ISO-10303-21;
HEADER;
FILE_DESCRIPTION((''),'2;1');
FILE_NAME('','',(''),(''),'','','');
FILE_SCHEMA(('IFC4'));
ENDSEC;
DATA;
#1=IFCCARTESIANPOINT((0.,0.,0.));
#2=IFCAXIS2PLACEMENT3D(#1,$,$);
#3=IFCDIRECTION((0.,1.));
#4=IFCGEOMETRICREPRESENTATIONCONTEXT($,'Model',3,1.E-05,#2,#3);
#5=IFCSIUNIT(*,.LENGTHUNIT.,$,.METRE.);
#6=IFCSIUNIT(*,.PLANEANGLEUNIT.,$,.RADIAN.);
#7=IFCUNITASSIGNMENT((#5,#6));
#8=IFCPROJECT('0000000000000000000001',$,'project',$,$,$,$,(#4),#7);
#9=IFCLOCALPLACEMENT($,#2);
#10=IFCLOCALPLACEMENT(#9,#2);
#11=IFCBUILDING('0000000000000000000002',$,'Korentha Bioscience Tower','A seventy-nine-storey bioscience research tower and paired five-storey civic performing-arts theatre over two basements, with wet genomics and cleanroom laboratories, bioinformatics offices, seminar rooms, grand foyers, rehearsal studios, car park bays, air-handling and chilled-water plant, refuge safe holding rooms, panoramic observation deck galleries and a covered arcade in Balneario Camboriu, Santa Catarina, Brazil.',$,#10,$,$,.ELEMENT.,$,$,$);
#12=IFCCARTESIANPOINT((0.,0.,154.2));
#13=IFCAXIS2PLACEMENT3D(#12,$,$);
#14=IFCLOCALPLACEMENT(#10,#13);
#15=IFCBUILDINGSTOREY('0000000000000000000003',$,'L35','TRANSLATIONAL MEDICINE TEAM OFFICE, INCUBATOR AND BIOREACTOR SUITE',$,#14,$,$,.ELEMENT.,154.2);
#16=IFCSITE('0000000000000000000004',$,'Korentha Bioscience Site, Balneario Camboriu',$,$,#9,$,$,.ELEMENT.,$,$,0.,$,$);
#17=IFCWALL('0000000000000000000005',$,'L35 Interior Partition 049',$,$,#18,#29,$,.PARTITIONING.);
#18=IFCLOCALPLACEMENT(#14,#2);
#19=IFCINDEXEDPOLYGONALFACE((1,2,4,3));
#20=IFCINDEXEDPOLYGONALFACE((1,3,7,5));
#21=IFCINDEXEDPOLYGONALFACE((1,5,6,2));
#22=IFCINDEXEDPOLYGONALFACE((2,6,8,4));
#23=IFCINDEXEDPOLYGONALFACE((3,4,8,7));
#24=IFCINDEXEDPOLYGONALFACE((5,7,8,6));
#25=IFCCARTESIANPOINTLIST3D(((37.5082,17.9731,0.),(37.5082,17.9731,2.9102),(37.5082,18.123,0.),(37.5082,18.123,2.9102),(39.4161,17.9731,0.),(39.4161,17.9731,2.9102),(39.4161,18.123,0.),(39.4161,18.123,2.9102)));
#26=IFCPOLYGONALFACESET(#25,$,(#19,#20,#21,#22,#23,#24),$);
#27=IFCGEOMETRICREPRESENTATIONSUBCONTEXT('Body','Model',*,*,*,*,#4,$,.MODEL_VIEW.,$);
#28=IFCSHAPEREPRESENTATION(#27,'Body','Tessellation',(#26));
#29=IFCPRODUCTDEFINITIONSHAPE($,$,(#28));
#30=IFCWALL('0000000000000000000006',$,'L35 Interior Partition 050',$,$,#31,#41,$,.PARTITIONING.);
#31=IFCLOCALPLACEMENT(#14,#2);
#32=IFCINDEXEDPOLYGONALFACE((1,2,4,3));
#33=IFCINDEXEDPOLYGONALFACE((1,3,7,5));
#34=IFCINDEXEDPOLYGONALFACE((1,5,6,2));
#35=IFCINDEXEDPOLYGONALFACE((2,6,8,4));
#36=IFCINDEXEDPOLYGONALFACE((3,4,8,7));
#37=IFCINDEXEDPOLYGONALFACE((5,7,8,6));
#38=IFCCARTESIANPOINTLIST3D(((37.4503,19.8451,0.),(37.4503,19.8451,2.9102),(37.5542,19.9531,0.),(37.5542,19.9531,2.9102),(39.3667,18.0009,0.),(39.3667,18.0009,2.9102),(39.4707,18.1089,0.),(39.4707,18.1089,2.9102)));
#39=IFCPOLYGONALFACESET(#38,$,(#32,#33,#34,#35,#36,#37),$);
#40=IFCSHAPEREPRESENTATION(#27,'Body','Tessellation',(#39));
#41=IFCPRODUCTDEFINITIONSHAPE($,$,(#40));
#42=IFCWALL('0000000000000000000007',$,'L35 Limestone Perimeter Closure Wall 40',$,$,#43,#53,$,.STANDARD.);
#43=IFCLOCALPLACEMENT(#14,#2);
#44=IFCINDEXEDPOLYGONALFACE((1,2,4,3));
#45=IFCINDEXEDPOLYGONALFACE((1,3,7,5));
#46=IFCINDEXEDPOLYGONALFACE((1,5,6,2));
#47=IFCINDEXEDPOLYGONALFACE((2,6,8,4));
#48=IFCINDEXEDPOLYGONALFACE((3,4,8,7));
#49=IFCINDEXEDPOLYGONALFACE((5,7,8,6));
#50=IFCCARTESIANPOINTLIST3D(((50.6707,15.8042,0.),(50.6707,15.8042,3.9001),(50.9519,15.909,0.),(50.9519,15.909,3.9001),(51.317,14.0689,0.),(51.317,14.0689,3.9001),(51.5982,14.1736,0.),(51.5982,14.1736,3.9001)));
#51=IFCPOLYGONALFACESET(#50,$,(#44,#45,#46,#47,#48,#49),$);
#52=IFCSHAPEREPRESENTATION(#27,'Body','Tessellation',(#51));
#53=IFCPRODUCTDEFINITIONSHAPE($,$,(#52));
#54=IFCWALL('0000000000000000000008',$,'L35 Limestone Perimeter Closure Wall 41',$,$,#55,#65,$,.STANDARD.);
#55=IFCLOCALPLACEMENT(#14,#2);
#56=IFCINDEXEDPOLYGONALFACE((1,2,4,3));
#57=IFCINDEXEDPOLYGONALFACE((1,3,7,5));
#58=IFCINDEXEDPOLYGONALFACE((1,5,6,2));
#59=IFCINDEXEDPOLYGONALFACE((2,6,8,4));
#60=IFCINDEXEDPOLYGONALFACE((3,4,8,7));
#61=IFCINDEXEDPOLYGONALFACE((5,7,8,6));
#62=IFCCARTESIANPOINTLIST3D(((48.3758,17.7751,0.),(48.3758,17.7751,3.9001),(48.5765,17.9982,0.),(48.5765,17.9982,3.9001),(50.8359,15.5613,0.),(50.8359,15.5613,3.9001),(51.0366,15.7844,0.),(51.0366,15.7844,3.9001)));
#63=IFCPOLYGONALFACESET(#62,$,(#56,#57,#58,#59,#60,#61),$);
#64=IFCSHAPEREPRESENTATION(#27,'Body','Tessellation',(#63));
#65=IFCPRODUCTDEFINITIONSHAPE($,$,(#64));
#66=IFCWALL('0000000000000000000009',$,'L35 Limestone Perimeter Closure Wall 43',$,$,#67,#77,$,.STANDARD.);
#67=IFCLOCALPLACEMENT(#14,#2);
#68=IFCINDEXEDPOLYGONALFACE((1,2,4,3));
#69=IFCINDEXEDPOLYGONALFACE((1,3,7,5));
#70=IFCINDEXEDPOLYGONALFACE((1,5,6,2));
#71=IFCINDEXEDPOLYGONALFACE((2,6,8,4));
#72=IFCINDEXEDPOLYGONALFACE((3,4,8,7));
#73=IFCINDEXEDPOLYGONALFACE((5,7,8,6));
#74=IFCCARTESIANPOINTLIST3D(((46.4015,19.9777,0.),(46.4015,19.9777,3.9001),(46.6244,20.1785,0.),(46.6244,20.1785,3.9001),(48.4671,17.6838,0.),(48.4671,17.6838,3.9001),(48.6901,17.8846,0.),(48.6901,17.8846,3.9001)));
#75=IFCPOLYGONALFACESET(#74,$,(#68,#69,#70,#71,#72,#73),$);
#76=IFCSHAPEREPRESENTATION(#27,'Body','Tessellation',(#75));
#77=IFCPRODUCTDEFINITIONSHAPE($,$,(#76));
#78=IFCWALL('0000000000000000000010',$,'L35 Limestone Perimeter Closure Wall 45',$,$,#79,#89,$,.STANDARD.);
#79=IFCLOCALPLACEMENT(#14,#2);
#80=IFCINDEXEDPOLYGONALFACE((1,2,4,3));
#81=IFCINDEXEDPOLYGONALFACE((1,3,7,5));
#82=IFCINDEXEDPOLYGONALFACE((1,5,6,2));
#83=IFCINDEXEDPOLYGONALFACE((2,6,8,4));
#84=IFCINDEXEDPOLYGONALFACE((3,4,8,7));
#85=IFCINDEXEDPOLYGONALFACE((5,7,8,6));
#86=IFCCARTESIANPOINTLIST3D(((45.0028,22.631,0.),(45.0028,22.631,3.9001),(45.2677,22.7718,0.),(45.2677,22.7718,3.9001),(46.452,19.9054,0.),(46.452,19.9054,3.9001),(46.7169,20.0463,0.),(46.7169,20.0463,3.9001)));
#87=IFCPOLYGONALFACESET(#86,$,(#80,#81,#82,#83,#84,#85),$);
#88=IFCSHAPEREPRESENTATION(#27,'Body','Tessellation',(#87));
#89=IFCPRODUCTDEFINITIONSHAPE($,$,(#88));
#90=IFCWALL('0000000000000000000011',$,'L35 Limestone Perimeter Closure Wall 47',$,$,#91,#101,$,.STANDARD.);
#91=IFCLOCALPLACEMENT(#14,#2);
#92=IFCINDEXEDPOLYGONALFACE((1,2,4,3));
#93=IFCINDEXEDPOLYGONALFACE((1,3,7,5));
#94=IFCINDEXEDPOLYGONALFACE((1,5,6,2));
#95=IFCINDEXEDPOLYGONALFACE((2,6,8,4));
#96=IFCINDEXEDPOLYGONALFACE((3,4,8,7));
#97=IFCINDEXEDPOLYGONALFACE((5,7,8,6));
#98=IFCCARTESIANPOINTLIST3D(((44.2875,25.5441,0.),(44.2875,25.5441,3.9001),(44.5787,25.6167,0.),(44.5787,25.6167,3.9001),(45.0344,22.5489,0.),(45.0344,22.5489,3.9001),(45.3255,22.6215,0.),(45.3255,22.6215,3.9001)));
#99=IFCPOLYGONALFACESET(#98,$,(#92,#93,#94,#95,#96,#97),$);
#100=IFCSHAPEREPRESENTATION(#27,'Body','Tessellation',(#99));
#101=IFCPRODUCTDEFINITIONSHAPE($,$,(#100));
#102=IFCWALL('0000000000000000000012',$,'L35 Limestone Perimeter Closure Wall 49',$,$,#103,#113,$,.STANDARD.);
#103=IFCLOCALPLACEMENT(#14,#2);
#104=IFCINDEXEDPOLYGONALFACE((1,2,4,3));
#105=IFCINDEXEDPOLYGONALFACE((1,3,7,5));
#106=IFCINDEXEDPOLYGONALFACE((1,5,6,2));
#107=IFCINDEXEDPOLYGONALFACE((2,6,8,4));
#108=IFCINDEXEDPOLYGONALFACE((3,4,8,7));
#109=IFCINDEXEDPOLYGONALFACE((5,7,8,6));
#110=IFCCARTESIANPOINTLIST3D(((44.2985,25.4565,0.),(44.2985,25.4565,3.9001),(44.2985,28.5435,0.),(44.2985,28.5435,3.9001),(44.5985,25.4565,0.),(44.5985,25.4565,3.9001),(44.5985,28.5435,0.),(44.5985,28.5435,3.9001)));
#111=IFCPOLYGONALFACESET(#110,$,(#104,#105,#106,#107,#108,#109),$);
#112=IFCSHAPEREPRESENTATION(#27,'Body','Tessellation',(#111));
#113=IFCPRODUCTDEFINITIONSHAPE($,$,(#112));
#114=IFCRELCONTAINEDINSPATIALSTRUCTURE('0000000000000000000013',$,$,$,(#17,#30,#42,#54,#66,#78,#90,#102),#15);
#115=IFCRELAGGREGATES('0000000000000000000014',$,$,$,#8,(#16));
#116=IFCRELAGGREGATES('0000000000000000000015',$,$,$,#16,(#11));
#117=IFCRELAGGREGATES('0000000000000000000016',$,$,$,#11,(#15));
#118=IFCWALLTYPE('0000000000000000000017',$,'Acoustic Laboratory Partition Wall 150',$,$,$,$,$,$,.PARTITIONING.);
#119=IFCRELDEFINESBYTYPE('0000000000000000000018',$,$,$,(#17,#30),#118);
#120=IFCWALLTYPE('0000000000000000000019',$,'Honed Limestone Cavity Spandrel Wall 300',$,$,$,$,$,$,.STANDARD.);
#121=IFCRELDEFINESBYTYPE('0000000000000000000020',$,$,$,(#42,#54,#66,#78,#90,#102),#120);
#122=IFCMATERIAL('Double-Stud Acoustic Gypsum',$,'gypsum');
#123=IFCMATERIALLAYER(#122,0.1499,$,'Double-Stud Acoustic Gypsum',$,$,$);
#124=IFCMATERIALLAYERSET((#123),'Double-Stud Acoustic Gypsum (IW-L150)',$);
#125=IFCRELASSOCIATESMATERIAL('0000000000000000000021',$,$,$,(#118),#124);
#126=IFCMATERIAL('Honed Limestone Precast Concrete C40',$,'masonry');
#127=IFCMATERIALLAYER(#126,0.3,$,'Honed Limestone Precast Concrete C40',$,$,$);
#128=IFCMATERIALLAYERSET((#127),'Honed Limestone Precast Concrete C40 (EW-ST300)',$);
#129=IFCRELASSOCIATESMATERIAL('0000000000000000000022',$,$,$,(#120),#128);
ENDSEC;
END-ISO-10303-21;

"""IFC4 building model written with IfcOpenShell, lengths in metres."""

from ifc_helpers import new_model, si_unit, direction, frame, frame_2d, origin, place, context, subcontext, project, spatial, rectangle, extrude, material, layer, layer_set, type_object, element, save


model = new_model("IFC4")

# Units and contexts
model_context = context("Model", 3, precision=1e-05, world=origin(), true_north=direction((0.0, 1.0)))
body_context = subcontext(model_context, "Body", "Model", "MODEL_VIEW")
ifc_project = project(units=[si_unit("LENGTHUNIT", "METRE"), si_unit("PLANEANGLEUNIT", "RADIAN")], contexts=[model_context])

# Site, building, storey
site_placement = place(None, origin())
site = spatial("IfcSite", under=ifc_project, at=site_placement, Name="Korentha Bioscience Site, Balneario Camboriu", CompositionType="ELEMENT", RefElevation=0.0)
building_placement = place(site_placement, origin())
building = spatial("IfcBuilding", under=site, at=building_placement, Name="Korentha Bioscience Tower", Description="A seventy-nine-storey bioscience research tower and paired five-storey civic performing-arts theatre over two basements, with wet genomics and cleanroom laboratories, bioinformatics offices, seminar rooms, grand foyers, rehearsal studios, car park bays, air-handling and chilled-water plant, refuge safe holding rooms, panoramic observation deck galleries and a covered arcade in Balneario Camboriu, Santa Catarina, Brazil.", CompositionType="ELEMENT")
storey_placement = place(building_placement, frame((0.0, 0.0, 154.2)))
storey = spatial("IfcBuildingStorey", under=building, at=storey_placement, Name="L35", Description="TRANSLATIONAL MEDICINE TEAM OFFICE, INCUBATOR AND BIOREACTOR SUITE", CompositionType="ELEMENT", Elevation=154.2)

# Shared definitions
ifc_material_1 = material(Name="Double-Stud Acoustic Gypsum", Category="gypsum")
ifc_layer_1 = layer(ifc_material_1, 0.1499, Name="Double-Stud Acoustic Gypsum")
ifc_layer_set_1 = layer_set([ifc_layer_1], Name="Double-Stud Acoustic Gypsum (IW-L150)")
wall_type_1 = type_object("IfcWallType", Name="Acoustic Laboratory Partition Wall 150", PredefinedType="PARTITIONING", material=ifc_layer_set_1)

# Walls
wall_1_placement = place(storey_placement, frame((37.5081, 18.0481, 0.0), z_axis=(0.0, 0.0, 1.0), x_axis=(1.0, 0.0, 0.0)))
element("IfcWall", 1, at=wall_1_placement, inside=storey, type_object=wall_type_1, Name="L35 Interior Partition 049", PredefinedType="PARTITIONING", context=body_context, shape_type="SweptSolid", body=[
    extrude(rectangle(XDim=1.908, YDim=0.1499, at=frame_2d((0.9541, 0.0))), origin(), (0.0, 0.0, 1.0), 2.9102),
])
wall_2_placement = place(storey_placement, frame((39.4187, 18.0549, 0.0), z_axis=(0.0, 0.0, 1.0), x_axis=(-0.720561, 0.693391, 0.0)))
element("IfcWall", 2, at=wall_2_placement, inside=storey, type_object=wall_type_1, Name="L35 Interior Partition 050", PredefinedType="PARTITIONING", context=body_context, shape_type="SweptSolid", body=[
    extrude(rectangle(XDim=2.6597, YDim=0.1499, at=frame_2d((1.3298, 0.0))), origin(), (0.0, 0.0, 1.0), 2.9102),
])
ifc_material_2 = material(Name="Honed Limestone Precast Concrete C40", Category="masonry")
ifc_layer_2 = layer(ifc_material_2, 0.3, Name="Honed Limestone Precast Concrete C40")
ifc_layer_set_2 = layer_set([ifc_layer_2], Name="Honed Limestone Precast Concrete C40 (EW-ST300)")
wall_type_2 = type_object("IfcWallType", Name="Honed Limestone Cavity Spandrel Wall 300", PredefinedType="STANDARD", material=ifc_layer_set_2)
wall_3_placement = place(storey_placement, frame((51.4575, 14.1213, 0.0), z_axis=(0.0, 0.0, 1.0), x_axis=(-0.348984, 0.937129, 0.0)))
element("IfcWall", 3, at=wall_3_placement, inside=storey, type_object=wall_type_2, Name="L35 Limestone Perimeter Closure Wall 40", PredefinedType="STANDARD", context=body_context, shape_type="SweptSolid", body=[
    extrude(rectangle(XDim=1.8518, YDim=0.3, at=frame_2d((0.9258, 0.0))), origin(), (0.0, 0.0, 1.0), 3.9001),
])
wall_4_placement = place(storey_placement, frame((50.9363, 15.6729, 0.0), z_axis=(0.0, 0.0, 1.0), x_axis=(-0.743342, 0.668912, 0.0)))
element("IfcWall", 4, at=wall_4_placement, inside=storey, type_object=wall_type_2, Name="L35 Limestone Perimeter Closure Wall 41", PredefinedType="STANDARD", context=body_context, shape_type="SweptSolid", body=[
    extrude(rectangle(XDim=3.3096, YDim=0.3, at=frame_2d((1.6548, 0.0))), origin(), (0.0, 0.0, 1.0), 3.9001),
])
for number, where, z_axis, x_axis, name in (
    (5, (48.5786, 17.7842, 0.0), (0.0, 0.0, 1.0), (-0.669166, 0.743113, 0.0), "L35 Limestone Perimeter Closure Wall 43"),
    (6, (46.5845, 19.9758, 0.0), (0.0, 0.0, 1.0), (-0.469471, 0.882948, 0.0), "L35 Limestone Perimeter Closure Wall 45"),
    (7, (45.1799, 22.5852, 0.0), (0.0, 0.0, 1.0), (-0.24194, 0.970291, 0.0), "L35 Limestone Perimeter Closure Wall 47"),
    (8, (44.4485, 25.4565, 0.0), (0.0, 0.0, 1.0), (0.0, 1.0, 0.0), "L35 Limestone Perimeter Closure Wall 49"),
):
    element("IfcWall", number, at=place(storey_placement, frame(where, z_axis=z_axis, x_axis=x_axis)), inside=storey, type_object=wall_type_2, Name=name, PredefinedType="STANDARD", context=body_context, shape_type="SweptSolid", body=[
        extrude(rectangle(XDim=3.0869, YDim=0.3, at=frame_2d((1.5435, 0.0))), origin(), (0.0, 0.0, 1.0), 3.9001),
    ])

save(model, "model.ifc")
